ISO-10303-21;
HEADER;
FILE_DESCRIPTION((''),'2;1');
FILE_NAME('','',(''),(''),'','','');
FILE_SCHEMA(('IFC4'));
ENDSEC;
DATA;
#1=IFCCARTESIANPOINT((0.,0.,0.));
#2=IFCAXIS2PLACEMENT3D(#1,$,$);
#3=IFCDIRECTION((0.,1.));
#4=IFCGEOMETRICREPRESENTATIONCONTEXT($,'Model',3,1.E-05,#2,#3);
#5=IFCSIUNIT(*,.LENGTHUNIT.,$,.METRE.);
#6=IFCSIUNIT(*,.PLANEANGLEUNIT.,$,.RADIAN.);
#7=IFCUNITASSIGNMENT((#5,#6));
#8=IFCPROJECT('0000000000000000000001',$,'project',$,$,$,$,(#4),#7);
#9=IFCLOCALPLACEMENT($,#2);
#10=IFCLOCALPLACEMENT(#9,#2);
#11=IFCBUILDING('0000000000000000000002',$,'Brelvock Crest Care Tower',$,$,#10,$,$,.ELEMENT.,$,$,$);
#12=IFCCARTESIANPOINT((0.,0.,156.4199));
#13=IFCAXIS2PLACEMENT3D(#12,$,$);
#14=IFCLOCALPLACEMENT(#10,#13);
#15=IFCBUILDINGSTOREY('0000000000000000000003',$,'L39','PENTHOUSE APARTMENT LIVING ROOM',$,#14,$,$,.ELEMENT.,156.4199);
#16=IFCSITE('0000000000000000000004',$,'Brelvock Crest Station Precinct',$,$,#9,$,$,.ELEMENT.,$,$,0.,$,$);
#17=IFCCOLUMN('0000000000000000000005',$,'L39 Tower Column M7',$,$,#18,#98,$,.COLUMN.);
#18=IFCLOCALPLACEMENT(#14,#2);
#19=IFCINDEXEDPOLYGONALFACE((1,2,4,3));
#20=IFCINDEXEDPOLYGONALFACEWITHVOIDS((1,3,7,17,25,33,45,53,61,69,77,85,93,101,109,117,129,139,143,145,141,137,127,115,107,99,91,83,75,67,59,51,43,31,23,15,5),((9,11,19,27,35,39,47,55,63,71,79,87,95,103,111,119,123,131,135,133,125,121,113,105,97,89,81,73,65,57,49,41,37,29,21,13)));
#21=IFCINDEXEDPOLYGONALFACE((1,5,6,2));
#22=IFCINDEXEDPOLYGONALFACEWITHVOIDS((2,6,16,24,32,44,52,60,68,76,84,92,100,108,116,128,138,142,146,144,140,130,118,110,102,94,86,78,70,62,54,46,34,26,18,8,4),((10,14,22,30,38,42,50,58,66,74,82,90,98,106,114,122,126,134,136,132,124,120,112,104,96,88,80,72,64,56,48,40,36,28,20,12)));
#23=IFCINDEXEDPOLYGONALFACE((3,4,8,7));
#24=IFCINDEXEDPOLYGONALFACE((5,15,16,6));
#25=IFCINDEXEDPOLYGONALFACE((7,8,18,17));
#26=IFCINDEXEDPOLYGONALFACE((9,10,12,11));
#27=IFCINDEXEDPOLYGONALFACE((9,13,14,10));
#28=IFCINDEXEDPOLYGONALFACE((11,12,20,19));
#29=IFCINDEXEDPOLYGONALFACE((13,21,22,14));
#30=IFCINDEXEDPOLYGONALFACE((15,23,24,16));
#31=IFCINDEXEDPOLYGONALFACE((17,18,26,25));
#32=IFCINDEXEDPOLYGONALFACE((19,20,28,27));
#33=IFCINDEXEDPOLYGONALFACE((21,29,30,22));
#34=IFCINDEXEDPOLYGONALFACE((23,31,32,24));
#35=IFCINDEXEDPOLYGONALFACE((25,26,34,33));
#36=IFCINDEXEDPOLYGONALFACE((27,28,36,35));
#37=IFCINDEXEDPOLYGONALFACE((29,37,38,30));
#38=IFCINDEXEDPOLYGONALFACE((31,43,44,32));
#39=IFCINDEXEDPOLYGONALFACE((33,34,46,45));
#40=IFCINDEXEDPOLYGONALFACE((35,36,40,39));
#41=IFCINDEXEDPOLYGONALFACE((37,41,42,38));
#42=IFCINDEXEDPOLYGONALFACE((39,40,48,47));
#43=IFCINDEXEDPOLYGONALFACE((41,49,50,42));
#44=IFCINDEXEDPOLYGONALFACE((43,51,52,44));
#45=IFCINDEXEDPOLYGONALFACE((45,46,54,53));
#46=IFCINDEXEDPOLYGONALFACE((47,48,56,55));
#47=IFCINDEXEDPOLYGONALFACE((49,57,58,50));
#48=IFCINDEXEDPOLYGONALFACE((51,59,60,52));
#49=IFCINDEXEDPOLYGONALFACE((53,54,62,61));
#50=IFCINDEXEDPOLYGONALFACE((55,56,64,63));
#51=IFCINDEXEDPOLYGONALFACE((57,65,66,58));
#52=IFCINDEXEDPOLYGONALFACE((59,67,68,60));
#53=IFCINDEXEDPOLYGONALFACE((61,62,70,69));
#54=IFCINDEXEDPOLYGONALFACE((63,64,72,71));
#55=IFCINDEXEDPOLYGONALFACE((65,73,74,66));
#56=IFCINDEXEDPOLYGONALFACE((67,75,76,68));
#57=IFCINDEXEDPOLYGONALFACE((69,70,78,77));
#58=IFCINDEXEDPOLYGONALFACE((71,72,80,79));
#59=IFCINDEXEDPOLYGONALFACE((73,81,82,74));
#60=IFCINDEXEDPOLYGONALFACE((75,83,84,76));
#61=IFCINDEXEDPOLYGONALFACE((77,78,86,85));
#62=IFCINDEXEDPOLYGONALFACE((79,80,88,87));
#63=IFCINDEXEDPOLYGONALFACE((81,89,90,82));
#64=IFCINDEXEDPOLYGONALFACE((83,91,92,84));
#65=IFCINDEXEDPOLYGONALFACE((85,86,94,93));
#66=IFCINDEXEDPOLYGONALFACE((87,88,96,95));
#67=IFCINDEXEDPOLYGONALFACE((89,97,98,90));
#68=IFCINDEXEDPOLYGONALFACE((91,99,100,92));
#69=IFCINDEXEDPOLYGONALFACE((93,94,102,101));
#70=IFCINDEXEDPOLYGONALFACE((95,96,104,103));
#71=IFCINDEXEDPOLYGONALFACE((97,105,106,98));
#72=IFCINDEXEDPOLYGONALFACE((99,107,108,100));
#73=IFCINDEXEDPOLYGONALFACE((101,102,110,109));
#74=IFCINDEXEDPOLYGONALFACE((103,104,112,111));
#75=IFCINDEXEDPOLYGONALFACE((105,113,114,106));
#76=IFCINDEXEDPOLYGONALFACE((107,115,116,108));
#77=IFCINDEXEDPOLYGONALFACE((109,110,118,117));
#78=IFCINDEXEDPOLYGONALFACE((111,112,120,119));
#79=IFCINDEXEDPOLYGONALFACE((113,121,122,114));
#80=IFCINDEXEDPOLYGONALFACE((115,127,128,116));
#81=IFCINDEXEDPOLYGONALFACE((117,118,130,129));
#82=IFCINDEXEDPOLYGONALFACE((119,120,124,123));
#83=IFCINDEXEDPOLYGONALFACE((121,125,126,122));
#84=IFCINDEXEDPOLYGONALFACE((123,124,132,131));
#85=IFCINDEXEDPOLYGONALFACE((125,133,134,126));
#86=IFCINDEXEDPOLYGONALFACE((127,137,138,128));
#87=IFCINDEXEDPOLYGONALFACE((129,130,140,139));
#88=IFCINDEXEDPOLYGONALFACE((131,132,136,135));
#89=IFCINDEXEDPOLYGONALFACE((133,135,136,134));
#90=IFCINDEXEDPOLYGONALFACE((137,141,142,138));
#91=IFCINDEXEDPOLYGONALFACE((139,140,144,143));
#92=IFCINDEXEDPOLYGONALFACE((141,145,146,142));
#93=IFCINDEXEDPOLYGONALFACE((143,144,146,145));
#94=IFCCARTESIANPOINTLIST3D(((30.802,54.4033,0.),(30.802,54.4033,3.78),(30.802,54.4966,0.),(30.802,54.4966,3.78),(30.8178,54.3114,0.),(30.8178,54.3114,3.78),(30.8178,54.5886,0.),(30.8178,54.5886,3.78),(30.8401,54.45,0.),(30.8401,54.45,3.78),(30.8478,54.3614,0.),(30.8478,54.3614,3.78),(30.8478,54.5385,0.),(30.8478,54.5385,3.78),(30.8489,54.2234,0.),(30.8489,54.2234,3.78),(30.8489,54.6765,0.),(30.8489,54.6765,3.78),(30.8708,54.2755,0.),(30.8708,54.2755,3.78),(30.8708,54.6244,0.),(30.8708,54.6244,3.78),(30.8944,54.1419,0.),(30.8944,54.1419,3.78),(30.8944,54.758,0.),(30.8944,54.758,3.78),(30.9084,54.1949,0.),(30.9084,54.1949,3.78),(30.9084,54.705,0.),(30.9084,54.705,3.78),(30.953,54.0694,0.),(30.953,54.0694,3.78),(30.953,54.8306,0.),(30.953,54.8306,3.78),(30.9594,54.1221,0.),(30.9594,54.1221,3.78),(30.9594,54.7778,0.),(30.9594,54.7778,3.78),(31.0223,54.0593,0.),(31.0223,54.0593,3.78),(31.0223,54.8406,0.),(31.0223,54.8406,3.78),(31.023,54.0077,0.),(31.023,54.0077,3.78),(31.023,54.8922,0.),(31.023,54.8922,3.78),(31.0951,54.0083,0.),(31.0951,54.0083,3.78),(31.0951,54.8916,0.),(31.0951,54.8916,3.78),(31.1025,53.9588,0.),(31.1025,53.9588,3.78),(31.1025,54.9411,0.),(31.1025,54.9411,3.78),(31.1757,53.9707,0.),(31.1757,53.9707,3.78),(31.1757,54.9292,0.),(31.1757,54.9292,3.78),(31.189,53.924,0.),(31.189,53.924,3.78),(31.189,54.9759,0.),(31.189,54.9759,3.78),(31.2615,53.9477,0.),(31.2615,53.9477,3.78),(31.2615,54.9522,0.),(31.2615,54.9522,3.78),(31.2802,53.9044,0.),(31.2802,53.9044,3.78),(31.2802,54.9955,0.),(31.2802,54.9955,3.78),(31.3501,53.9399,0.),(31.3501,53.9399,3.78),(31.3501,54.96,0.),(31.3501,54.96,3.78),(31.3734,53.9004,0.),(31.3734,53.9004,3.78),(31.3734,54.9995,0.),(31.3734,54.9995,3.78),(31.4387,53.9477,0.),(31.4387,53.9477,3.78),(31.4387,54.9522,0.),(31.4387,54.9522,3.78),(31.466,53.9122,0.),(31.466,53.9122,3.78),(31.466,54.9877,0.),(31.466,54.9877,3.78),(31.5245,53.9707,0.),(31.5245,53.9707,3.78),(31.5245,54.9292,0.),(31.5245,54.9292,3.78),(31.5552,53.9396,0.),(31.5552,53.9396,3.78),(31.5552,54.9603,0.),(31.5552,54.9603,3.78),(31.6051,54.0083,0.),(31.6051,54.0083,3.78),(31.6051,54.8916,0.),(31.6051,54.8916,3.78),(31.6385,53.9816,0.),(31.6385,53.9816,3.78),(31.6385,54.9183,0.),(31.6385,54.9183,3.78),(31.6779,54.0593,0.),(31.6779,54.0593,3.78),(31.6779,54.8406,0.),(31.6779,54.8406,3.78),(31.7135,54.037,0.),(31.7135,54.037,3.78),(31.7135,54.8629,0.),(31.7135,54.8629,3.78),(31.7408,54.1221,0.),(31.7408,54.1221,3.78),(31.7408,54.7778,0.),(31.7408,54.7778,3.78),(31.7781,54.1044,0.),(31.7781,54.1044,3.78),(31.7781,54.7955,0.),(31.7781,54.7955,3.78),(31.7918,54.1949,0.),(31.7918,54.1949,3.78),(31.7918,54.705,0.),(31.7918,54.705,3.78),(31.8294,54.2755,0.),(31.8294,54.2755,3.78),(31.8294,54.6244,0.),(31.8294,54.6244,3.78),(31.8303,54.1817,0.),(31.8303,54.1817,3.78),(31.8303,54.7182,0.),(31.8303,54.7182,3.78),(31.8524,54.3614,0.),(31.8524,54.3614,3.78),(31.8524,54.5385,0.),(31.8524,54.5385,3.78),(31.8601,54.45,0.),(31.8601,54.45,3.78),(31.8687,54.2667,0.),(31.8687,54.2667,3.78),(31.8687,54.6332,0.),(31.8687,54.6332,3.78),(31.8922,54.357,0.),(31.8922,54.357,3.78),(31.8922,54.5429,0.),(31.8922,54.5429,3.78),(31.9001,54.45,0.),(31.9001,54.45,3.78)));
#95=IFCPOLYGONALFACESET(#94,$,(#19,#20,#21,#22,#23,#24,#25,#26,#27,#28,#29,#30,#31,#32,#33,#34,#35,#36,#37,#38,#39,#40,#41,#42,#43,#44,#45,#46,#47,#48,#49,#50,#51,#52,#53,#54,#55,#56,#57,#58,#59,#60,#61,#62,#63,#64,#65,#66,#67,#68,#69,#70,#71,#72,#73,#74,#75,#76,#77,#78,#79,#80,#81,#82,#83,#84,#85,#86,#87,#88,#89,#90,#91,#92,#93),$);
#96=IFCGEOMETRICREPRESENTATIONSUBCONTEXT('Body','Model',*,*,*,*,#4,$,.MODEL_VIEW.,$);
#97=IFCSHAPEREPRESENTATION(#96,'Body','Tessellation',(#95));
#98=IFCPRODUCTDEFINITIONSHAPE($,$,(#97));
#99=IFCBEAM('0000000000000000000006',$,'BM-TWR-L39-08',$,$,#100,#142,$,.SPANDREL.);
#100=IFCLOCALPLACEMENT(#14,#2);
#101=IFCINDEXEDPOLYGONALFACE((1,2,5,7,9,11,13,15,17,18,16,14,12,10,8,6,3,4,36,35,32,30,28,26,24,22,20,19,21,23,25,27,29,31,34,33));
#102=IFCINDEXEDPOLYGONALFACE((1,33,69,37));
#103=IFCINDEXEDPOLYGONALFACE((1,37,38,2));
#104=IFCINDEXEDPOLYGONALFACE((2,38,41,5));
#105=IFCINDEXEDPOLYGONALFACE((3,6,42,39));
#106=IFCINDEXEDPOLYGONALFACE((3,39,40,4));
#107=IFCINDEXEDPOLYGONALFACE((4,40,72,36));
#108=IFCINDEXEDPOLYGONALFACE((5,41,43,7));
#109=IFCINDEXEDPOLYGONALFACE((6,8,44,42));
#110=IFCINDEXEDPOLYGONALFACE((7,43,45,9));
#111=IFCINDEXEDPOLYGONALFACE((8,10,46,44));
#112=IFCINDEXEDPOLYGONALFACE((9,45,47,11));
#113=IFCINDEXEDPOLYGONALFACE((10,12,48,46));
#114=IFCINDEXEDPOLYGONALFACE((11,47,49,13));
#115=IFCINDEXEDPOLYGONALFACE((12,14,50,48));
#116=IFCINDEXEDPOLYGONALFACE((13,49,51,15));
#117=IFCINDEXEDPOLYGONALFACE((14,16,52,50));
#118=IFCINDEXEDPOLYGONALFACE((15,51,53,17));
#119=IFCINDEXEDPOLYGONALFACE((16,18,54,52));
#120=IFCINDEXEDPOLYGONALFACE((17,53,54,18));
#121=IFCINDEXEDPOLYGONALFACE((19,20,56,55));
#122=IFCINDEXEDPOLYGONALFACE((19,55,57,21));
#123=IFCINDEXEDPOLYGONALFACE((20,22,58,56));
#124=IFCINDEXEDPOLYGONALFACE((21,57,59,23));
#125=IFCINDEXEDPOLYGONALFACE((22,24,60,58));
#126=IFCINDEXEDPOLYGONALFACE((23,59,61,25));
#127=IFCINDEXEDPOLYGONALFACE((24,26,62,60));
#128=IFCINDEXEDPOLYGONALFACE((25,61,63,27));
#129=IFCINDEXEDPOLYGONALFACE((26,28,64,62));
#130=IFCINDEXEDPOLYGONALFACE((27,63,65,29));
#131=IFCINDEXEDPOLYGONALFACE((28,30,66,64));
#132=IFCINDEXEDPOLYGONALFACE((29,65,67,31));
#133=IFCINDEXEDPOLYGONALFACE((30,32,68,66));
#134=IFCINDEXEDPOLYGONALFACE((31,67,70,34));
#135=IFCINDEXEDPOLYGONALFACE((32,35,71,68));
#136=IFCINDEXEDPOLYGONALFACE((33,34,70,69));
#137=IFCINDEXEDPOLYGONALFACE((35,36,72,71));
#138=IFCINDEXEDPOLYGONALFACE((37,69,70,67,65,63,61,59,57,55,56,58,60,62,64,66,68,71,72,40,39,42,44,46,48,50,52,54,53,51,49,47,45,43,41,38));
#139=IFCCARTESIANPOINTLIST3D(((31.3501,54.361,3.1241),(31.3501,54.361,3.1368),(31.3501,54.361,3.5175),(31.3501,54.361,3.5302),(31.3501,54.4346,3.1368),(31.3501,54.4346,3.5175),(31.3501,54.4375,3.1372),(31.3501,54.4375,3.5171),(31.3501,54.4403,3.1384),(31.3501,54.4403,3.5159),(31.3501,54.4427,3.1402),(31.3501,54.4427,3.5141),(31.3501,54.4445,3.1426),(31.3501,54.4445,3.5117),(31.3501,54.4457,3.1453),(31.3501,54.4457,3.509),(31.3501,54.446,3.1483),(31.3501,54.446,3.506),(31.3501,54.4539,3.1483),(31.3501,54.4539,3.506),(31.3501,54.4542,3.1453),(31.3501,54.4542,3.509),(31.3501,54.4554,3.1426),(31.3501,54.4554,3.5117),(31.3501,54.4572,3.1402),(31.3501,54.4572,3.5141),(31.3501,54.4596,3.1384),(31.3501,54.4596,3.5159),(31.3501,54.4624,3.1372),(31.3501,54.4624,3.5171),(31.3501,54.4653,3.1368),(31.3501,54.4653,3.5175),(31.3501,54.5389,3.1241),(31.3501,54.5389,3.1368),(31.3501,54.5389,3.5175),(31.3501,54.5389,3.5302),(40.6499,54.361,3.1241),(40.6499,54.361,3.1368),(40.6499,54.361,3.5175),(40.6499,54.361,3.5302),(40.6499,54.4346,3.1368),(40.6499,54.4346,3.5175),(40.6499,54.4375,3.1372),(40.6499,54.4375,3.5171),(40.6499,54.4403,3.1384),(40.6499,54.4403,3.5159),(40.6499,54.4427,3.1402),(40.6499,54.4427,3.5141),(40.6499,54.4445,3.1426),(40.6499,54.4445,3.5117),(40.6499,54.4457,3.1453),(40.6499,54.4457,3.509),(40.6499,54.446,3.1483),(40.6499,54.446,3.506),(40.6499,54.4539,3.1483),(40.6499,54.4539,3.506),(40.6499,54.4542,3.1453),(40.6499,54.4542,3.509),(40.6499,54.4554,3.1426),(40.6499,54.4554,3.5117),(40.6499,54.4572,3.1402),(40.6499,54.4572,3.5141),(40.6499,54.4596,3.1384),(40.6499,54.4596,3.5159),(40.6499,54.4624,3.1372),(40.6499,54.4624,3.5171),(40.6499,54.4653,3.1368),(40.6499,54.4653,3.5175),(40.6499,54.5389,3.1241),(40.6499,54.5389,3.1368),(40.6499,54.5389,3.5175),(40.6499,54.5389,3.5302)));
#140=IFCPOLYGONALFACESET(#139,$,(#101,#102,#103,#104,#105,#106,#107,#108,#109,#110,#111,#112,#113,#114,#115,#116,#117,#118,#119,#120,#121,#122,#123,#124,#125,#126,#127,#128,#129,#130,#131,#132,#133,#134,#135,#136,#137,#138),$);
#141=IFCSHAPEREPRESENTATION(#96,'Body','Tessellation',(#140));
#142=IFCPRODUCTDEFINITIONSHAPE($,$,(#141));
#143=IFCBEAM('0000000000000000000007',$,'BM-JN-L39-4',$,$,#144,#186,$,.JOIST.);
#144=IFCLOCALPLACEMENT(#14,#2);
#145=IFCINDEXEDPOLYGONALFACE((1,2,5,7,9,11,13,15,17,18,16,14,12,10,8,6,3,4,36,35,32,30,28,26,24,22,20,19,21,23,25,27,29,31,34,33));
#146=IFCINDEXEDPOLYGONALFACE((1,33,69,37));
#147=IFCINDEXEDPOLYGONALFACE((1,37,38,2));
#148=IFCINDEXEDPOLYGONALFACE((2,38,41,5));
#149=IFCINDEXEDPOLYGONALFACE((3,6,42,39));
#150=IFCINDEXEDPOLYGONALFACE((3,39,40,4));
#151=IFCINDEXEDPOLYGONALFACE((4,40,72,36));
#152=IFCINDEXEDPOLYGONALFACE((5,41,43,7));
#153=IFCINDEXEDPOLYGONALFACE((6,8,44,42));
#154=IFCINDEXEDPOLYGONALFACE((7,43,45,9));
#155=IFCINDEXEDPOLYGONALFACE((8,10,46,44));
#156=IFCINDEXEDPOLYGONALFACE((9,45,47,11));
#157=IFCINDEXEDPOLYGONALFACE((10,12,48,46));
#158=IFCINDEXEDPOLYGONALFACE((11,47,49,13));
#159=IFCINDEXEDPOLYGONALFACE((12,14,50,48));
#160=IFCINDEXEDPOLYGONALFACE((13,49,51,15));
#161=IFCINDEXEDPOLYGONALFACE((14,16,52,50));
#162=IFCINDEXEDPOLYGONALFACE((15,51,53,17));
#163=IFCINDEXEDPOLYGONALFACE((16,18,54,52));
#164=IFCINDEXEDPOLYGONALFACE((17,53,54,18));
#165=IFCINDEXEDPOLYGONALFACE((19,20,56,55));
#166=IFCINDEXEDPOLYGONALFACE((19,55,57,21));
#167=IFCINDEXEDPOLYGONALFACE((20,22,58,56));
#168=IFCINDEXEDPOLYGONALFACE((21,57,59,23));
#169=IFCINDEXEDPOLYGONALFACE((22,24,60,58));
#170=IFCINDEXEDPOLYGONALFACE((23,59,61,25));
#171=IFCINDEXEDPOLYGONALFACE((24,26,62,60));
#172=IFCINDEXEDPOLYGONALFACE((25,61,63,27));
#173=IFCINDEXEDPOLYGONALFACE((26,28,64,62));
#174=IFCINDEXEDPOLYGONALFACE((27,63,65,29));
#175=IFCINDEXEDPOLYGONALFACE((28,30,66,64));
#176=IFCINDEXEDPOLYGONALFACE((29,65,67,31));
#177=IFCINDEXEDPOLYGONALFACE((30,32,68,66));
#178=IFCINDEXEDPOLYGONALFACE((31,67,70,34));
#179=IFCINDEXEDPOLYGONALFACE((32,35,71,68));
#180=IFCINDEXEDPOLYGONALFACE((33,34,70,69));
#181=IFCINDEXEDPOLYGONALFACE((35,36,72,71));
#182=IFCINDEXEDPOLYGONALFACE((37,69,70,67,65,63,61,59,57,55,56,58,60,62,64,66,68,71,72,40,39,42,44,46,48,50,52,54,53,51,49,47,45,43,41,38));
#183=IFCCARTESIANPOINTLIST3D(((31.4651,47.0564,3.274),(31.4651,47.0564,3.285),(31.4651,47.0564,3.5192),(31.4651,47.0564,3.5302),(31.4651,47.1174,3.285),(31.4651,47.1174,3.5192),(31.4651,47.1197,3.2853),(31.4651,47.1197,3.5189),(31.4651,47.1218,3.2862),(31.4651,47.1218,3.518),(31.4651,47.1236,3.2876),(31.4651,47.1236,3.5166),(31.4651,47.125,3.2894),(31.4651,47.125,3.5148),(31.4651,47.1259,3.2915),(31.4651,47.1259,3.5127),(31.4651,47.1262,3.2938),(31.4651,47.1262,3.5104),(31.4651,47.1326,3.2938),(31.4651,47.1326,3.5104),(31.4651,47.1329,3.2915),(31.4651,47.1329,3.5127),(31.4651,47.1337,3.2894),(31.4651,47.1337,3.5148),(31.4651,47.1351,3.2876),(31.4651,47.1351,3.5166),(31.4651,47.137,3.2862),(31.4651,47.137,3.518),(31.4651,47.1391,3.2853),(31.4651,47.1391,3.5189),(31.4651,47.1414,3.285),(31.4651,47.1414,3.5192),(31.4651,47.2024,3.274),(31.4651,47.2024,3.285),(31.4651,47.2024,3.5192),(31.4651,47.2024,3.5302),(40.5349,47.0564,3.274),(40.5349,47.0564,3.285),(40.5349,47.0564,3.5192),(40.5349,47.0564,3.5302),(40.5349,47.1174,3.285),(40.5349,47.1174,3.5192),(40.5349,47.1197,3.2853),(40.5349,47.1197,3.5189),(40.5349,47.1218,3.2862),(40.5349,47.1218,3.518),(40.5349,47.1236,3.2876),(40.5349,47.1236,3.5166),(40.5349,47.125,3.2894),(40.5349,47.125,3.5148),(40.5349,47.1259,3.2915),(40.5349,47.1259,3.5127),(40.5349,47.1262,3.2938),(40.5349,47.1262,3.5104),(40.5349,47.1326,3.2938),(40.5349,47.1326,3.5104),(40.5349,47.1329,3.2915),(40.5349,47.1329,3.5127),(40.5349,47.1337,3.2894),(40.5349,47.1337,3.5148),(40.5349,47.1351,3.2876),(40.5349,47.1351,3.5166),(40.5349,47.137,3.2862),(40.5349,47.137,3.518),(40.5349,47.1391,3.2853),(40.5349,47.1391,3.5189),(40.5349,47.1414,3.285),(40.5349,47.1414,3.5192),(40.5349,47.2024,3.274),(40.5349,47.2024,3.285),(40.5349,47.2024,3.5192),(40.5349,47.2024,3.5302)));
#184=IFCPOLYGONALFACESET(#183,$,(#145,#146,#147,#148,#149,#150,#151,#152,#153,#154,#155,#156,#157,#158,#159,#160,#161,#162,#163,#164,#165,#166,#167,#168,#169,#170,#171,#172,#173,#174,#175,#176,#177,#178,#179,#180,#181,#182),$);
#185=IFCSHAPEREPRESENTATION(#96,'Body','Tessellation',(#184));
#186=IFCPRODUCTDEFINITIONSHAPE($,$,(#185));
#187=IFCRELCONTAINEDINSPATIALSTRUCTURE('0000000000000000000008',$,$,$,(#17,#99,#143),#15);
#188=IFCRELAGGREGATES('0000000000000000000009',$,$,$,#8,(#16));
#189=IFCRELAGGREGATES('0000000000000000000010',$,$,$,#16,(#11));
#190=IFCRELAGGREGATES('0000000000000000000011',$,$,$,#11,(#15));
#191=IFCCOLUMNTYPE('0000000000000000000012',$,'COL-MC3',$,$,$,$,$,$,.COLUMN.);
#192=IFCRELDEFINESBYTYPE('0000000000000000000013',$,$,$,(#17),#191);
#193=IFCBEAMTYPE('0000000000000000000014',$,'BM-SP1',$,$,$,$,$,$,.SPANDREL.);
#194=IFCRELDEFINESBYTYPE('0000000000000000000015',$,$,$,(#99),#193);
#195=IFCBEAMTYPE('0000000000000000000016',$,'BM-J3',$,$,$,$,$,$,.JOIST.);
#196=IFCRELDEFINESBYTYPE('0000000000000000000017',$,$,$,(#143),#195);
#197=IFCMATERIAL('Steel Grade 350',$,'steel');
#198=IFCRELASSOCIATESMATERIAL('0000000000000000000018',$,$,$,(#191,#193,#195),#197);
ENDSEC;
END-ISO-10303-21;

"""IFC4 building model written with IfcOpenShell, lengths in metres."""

from ifc_helpers import new_model, si_unit, direction, frame, origin, origin_2d, place, context, subcontext, project, spatial, hollow_circle, i_section, extrude, source, transform, mapped, material, material_profile, profile_set, type_object, element, save


model = new_model("IFC4")

# Units and contexts
model_context = context("Model", 3, precision=1e-05, world=origin(), true_north=direction((0.0, 1.0)))
body_context = subcontext(model_context, "Body", "Model", "MODEL_VIEW")
ifc_project = project(units=[si_unit("LENGTHUNIT", "METRE"), si_unit("PLANEANGLEUNIT", "RADIAN")], contexts=[model_context])

# Site, building, storey
site_placement = place(None, origin())
site = spatial("IfcSite", under=ifc_project, at=site_placement, Name="Brelvock Crest Station Precinct", CompositionType="ELEMENT", RefElevation=0.0)
building_placement = place(site_placement, origin())
building = spatial("IfcBuilding", under=site, at=building_placement, Name="Brelvock Crest Care Tower", CompositionType="ELEMENT")
storey_placement = place(building_placement, frame((0.0, 0.0, 156.4199)))
storey = spatial("IfcBuildingStorey", under=building, at=storey_placement, Name="L39", Description="PENTHOUSE APARTMENT LIVING ROOM", CompositionType="ELEMENT", Elevation=156.4199)

# Column
ifc_material_1 = material(Name="Steel Grade 350", Category="steel")
ifc_material_profile_1 = material_profile(ifc_material_1, hollow_circle(Radius=0.55, WallThickness=0.04, at=origin_2d()), Name="CFT1100x40")
ifc_profile_set_1 = profile_set([ifc_material_profile_1], Name="Steel Grade 350")
column_type = type_object("IfcColumnType", Name="COL-MC3", PredefinedType="COLUMN", material=ifc_profile_set_1)
shared_shape_1 = source(origin(), body_context, "Body", "SweptSolid", [
    extrude(hollow_circle(Radius=0.55, WallThickness=0.04, at=origin_2d()), origin(), (0.0, 0.0, 1.0), 3.78),
])
column_placement = place(storey_placement, frame((31.3501, 54.45, 0.0), z_axis=(0.0, 0.0, 1.0), x_axis=(1.0, 0.0, 0.0)))
element("IfcColumn", 1, at=column_placement, inside=storey, type_object=column_type, Name="L39 Tower Column M7", PredefinedType="COLUMN", context=body_context, shape_type="MappedRepresentation", body=[
    mapped(shared_shape_1, transform((0.0, 0.0, 0.0), x_axis=(1.0, 0.0, 0.0), y_axis=(0.0, 1.0, 0.0), z_axis=(0.0, 0.0, 1.0), scale=1.0)),
])

# Beams
ifc_material_profile_2 = material_profile(ifc_material_1, i_section(OverallWidth=0.178, OverallDepth=0.406, WebThickness=0.0078, FlangeThickness=0.0127, FilletRadius=0.0115, at=origin_2d()), Name="410UB59.7")
ifc_profile_set_2 = profile_set([ifc_material_profile_2], Name="Steel Grade 350")
beam_type_1 = type_object("IfcBeamType", Name="BM-SP1", PredefinedType="SPANDREL", material=ifc_profile_set_2)
shared_shape_2 = source(origin(), body_context, "Body", "SweptSolid", [
    extrude(i_section(OverallWidth=0.178, OverallDepth=0.406, WebThickness=0.0078, FlangeThickness=0.0127, FilletRadius=0.0115, at=origin_2d()), origin(), (0.0, 0.0, 1.0), 9.2998),
])
beam_placement = place(storey_placement, frame((31.3501, 54.45, 3.3271), z_axis=(1.0, 0.0, 0.0), x_axis=(0.0, 1.0, 0.0)))
element("IfcBeam", 2, at=beam_placement, inside=storey, type_object=beam_type_1, Name="BM-TWR-L39-08", PredefinedType="SPANDREL", context=body_context, shape_type="MappedRepresentation", body=[
    mapped(shared_shape_2, transform((0.0, 0.0, 0.0), x_axis=(1.0, 0.0, 0.0), y_axis=(0.0, 1.0, 0.0), z_axis=(0.0, 0.0, 1.0), scale=1.0)),
])
ifc_material_profile_3 = material_profile(ifc_material_1, i_section(OverallWidth=0.146, OverallDepth=0.2561, WebThickness=0.0063, FlangeThickness=0.011, FilletRadius=0.0088, at=origin_2d()), Name="250UB37.3")
ifc_profile_set_3 = profile_set([ifc_material_profile_3], Name="Steel Grade 350")
beam_type_2 = type_object("IfcBeamType", Name="BM-J3", PredefinedType="JOIST", material=ifc_profile_set_3)
shared_shape_3 = source(origin(), body_context, "Body", "SweptSolid", [
    extrude(i_section(OverallWidth=0.146, OverallDepth=0.2561, WebThickness=0.0063, FlangeThickness=0.011, FilletRadius=0.0088, at=origin_2d()), origin(), (0.0, 0.0, 1.0), 9.0698),
])
for number, where, z_axis, x_axis, name in (
    (3, (31.4651, 47.1294, 3.4021), (1.0, 0.0, 0.0), (0.0, 1.0, 0.0), "BM-JN-L39-4"),
):
    element("IfcBeam", number, at=place(storey_placement, frame(where, z_axis=z_axis, x_axis=x_axis)), inside=storey, type_object=beam_type_2, Name=name, PredefinedType="JOIST", context=body_context, shape_type="MappedRepresentation", body=[
        mapped(shared_shape_3, transform((0.0, 0.0, 0.0), x_axis=(1.0, 0.0, 0.0), y_axis=(0.0, 1.0, 0.0), z_axis=(0.0, 0.0, 1.0), scale=1.0)),
    ])

save(model, "model.ifc")
